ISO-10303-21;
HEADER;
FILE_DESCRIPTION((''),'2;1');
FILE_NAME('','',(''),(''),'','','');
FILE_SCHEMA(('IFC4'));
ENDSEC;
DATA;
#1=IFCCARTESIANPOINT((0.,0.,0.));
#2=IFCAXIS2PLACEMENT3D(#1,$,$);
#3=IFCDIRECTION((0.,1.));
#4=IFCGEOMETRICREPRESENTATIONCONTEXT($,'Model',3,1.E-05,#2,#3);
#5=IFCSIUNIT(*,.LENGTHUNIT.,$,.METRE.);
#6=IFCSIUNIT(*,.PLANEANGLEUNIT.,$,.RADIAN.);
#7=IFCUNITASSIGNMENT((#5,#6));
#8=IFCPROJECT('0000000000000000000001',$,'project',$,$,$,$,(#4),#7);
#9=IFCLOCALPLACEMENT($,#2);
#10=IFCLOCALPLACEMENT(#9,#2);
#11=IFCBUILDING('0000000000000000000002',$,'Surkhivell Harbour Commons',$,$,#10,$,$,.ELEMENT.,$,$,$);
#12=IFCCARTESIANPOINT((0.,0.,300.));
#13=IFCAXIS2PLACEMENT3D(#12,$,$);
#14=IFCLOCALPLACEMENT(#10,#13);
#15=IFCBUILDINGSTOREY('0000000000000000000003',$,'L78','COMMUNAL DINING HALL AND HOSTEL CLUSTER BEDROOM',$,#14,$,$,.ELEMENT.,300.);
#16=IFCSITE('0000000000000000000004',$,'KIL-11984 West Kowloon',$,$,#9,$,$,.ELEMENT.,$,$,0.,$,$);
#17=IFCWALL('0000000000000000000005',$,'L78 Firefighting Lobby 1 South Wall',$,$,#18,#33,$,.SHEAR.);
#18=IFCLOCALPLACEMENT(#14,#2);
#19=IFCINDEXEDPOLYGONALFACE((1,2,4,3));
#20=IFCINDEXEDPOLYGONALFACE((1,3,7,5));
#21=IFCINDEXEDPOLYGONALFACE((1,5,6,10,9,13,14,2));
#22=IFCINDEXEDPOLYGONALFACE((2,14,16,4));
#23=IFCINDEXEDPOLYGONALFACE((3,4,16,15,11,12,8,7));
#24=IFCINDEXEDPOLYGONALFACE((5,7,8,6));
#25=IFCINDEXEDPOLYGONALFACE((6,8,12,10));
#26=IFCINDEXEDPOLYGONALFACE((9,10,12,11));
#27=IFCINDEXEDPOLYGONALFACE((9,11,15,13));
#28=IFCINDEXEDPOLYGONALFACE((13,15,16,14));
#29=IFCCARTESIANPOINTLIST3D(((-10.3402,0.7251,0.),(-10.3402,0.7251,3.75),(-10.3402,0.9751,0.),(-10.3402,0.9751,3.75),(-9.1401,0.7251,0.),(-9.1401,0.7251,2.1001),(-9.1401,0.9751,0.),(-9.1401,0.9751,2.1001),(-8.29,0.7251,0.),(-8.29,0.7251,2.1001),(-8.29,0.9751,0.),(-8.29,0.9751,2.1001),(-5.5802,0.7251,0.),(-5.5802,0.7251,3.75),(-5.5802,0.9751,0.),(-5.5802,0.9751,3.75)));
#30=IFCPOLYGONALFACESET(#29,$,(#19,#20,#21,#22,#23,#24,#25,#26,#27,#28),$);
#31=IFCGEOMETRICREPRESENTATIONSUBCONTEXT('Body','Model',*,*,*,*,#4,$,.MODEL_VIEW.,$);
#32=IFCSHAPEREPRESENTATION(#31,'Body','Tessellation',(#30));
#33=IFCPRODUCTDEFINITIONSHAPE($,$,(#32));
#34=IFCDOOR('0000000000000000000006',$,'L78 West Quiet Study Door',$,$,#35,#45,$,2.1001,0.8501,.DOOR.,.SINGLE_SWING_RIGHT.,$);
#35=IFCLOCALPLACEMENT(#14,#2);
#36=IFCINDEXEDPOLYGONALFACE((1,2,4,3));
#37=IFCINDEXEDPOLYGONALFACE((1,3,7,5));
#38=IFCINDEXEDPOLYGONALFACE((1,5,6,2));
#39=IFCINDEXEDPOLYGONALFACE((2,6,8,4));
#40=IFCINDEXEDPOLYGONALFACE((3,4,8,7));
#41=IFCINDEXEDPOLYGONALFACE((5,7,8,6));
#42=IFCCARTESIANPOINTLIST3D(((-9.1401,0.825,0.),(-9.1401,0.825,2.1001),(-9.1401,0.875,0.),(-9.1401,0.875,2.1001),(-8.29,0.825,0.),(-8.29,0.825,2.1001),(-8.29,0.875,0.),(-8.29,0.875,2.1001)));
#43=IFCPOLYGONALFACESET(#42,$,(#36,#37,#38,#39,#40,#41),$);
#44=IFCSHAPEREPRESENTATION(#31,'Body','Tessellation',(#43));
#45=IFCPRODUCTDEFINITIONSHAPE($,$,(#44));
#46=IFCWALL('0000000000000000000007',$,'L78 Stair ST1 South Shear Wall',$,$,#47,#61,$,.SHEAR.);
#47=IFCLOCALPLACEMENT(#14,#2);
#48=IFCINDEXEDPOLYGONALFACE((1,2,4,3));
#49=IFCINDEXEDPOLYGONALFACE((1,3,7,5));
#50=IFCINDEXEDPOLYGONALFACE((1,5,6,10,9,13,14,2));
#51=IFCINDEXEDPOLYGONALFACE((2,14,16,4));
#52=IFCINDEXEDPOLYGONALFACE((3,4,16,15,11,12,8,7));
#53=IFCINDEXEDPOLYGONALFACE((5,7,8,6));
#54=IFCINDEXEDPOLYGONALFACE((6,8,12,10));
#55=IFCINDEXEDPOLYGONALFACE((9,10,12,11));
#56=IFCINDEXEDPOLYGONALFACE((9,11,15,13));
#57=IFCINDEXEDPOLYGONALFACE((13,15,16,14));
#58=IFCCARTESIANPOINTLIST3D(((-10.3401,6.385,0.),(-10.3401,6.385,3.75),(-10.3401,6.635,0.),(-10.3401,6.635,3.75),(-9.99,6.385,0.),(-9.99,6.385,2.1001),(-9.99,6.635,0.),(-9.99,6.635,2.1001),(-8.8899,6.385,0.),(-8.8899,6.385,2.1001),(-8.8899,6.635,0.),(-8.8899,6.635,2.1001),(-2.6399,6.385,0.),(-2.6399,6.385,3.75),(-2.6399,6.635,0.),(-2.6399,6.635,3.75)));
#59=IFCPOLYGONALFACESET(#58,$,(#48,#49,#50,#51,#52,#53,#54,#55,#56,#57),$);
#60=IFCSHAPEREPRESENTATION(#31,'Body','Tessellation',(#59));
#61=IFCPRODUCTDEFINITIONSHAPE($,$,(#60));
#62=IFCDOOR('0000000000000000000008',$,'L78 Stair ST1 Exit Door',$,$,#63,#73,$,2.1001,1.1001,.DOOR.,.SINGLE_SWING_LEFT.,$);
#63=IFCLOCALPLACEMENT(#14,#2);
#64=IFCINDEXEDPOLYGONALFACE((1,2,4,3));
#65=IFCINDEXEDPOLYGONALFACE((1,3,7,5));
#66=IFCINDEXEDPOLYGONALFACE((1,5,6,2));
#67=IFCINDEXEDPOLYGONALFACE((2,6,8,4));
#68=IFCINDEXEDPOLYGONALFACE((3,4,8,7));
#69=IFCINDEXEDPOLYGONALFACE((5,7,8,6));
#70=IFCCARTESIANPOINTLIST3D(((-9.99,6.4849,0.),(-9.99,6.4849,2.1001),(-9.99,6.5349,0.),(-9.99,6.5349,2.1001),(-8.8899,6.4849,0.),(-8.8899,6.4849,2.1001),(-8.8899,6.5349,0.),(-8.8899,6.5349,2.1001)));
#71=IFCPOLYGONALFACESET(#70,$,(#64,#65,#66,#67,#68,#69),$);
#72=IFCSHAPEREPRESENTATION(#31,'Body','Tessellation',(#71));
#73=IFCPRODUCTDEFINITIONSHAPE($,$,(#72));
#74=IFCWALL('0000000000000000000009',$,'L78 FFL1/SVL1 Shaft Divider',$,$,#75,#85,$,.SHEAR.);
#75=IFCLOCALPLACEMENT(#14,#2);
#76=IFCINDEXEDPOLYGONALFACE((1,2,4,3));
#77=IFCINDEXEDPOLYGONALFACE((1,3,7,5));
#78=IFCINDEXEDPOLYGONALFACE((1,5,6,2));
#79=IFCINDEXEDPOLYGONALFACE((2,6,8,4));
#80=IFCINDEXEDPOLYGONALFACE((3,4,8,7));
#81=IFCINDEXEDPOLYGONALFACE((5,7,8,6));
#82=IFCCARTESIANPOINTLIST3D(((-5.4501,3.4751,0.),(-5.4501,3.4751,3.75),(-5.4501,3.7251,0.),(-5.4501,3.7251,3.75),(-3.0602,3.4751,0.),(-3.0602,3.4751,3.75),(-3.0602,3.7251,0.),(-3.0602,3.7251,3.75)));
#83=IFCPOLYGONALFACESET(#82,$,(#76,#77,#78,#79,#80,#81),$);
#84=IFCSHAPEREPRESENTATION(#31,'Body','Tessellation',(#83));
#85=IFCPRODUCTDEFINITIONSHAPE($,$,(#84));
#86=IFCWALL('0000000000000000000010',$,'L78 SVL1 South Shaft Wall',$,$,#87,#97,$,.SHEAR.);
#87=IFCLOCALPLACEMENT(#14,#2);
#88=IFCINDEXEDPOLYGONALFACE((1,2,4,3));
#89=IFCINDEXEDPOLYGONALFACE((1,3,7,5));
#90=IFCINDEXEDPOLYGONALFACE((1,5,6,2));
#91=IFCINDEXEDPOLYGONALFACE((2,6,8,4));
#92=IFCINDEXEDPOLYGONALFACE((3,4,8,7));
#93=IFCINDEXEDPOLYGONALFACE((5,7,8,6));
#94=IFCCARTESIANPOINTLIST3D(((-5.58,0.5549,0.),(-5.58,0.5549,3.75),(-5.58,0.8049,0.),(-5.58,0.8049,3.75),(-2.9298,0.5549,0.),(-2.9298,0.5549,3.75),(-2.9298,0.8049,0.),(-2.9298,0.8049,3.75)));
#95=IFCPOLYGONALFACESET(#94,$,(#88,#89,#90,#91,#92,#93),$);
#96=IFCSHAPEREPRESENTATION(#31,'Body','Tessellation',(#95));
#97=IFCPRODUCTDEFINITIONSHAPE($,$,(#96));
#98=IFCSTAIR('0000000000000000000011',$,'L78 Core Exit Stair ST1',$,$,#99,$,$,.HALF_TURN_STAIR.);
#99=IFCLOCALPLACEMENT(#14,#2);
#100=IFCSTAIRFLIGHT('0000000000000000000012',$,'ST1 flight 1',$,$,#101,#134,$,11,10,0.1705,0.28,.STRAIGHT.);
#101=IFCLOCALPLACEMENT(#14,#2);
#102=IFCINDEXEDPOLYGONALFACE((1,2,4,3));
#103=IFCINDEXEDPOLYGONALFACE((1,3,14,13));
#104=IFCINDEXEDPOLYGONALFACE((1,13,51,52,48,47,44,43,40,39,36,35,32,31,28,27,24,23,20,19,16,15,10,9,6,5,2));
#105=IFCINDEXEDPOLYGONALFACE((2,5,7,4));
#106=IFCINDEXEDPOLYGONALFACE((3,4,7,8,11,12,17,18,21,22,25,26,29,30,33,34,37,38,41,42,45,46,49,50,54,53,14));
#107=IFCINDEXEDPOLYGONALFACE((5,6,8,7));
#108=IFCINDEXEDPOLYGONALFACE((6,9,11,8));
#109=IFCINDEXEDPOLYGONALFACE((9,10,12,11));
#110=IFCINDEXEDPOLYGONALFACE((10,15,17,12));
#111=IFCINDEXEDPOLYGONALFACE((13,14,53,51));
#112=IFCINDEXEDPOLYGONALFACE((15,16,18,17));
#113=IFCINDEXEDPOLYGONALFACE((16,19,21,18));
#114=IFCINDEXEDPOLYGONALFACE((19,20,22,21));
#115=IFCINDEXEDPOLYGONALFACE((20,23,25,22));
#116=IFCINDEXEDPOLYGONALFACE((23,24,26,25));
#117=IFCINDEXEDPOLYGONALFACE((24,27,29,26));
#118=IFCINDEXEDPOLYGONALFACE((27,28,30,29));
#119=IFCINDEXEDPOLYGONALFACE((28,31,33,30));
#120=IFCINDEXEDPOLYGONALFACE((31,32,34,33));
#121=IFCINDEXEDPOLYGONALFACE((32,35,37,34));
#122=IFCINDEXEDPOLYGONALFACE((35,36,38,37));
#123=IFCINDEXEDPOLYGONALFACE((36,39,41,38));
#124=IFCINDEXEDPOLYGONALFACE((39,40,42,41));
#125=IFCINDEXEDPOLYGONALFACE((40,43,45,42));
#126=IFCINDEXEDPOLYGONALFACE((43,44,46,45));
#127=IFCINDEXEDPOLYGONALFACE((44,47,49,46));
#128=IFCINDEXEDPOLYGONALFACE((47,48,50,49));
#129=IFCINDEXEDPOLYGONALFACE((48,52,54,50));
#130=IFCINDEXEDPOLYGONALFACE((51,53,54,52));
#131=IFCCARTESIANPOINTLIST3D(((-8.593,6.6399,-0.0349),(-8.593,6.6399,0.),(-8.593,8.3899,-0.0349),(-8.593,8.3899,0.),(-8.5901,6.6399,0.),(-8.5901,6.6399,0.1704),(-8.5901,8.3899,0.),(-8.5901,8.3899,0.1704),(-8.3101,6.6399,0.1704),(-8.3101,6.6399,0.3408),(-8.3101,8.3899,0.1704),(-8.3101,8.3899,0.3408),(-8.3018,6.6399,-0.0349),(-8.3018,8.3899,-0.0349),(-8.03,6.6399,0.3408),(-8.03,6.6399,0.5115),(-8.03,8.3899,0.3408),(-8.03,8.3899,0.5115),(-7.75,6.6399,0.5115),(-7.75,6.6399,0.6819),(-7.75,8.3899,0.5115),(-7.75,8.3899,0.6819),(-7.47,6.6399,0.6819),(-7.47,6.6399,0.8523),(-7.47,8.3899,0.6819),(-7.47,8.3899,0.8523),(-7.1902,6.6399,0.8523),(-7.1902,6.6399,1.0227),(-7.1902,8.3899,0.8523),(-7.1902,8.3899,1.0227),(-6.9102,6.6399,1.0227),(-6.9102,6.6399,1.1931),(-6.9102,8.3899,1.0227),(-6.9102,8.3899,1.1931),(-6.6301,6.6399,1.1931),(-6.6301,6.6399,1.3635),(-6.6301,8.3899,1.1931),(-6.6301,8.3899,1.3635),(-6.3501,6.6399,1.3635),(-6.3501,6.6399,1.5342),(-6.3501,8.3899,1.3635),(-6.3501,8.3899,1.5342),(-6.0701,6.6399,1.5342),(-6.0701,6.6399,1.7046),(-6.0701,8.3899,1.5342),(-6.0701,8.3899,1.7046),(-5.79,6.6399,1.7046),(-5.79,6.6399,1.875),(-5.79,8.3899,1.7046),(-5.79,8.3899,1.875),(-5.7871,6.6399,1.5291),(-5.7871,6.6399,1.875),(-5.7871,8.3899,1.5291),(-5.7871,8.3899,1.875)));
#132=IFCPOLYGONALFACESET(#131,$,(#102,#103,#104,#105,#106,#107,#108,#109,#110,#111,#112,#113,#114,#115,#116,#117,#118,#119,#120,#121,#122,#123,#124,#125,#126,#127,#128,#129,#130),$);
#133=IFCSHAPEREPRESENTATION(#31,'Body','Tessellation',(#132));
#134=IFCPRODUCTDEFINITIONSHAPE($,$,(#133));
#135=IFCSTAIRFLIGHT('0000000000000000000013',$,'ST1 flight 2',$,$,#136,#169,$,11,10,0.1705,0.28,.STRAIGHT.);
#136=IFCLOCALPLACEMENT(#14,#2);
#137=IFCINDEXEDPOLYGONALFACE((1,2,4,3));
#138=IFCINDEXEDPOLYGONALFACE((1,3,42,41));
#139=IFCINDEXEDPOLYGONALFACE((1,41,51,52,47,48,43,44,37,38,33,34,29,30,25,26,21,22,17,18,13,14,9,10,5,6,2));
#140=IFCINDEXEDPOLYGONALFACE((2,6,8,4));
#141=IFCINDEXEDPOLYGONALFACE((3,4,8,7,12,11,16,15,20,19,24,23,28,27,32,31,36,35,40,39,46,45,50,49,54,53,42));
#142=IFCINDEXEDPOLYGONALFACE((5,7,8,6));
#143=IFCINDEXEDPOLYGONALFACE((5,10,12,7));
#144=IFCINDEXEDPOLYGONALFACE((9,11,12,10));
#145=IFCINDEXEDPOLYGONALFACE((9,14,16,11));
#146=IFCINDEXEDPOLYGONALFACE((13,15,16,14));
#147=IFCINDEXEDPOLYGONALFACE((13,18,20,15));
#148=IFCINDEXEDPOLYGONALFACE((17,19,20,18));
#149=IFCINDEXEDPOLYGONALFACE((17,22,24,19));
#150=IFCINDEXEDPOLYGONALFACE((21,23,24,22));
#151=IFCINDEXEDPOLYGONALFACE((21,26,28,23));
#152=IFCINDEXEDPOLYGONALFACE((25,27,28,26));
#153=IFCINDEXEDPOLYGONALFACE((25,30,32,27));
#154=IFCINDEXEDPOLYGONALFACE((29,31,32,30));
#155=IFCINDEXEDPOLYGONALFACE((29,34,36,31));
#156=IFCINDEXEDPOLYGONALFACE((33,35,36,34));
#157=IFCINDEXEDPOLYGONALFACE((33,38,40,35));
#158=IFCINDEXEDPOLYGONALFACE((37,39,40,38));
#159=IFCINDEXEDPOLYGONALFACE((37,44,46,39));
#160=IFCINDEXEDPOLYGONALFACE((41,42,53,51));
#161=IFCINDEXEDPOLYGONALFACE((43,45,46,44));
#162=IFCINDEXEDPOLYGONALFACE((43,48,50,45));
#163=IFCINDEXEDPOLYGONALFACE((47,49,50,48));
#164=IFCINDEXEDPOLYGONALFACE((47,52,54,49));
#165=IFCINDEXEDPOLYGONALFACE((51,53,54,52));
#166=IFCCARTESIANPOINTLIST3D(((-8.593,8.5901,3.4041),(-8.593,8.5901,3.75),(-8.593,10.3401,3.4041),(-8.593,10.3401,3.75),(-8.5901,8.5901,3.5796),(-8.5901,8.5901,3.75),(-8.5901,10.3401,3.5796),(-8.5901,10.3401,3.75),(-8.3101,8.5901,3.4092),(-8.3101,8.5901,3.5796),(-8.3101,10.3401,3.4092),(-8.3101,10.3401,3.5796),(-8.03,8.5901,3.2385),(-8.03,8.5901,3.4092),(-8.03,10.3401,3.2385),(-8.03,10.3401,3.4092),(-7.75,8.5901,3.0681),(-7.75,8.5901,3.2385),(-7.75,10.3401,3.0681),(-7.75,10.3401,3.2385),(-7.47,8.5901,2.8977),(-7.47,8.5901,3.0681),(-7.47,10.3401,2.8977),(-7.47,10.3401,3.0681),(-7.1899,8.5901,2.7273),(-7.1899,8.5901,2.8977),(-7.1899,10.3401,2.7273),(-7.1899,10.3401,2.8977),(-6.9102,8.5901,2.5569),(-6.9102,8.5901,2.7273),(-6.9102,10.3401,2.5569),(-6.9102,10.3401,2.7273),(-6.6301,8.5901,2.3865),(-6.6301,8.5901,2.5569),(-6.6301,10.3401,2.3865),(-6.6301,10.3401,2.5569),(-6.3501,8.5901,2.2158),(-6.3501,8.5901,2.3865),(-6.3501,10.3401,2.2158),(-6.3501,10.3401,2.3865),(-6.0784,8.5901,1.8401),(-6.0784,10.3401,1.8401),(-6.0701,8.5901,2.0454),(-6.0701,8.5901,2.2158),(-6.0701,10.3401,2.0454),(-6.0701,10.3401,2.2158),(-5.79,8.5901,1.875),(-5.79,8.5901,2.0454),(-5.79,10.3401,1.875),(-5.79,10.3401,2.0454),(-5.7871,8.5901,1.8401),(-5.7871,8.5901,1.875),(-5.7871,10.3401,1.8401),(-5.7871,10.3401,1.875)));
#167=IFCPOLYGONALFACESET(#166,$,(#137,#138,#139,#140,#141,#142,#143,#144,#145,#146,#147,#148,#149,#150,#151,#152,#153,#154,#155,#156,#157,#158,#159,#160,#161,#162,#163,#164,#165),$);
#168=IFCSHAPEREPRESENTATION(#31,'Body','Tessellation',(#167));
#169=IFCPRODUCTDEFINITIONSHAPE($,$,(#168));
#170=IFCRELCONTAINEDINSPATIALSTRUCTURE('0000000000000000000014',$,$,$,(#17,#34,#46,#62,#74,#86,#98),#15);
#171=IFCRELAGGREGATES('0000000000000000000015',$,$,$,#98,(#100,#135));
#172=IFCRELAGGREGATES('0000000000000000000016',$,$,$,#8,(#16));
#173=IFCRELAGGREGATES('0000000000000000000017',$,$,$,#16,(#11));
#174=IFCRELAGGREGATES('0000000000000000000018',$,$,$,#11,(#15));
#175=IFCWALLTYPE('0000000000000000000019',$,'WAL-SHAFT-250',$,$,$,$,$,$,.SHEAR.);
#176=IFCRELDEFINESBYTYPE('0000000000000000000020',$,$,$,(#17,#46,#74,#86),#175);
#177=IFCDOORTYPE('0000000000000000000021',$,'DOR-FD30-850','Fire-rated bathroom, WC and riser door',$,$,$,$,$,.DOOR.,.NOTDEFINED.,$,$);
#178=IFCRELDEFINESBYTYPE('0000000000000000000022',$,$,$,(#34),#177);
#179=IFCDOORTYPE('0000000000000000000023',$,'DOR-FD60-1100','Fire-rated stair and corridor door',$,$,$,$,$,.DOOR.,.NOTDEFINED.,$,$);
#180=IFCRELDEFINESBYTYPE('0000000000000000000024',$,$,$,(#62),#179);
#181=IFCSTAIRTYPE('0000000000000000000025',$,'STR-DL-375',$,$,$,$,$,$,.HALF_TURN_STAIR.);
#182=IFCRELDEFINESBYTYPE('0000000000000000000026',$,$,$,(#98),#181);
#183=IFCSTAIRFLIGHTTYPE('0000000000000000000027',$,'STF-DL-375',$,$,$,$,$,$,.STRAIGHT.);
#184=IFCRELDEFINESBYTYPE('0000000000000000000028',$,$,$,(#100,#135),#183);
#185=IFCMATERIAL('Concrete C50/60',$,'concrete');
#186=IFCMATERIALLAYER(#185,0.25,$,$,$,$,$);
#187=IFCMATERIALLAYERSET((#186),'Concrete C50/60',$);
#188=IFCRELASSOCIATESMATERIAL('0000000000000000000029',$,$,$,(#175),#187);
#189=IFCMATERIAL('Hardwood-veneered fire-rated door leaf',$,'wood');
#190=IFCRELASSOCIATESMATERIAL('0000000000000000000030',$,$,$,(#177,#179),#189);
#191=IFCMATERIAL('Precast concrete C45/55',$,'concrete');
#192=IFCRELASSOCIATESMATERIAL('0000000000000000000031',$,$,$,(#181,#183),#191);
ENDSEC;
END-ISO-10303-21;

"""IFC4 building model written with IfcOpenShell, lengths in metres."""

from ifc_helpers import new_model, si_unit, direction, frame, frame_2d, origin, place, context, subcontext, project, spatial, polyline, rectangle, outline, extrude, material, layer, layer_set, type_object, element, fill, aggregate, save


model = new_model("IFC4")

# Units and contexts
model_context = context("Model", 3, precision=1e-05, world=origin(), true_north=direction((0.0, 1.0)))
body_context = subcontext(model_context, "Body", "Model", "MODEL_VIEW")
ifc_project = project(units=[si_unit("LENGTHUNIT", "METRE"), si_unit("PLANEANGLEUNIT", "RADIAN")], contexts=[model_context])

# Site, building, storey
site_placement = place(None, origin())
site = spatial("IfcSite", under=ifc_project, at=site_placement, Name="KIL-11984 West Kowloon", CompositionType="ELEMENT", RefElevation=0.0)
building_placement = place(site_placement, origin())
building = spatial("IfcBuilding", under=site, at=building_placement, Name="Surkhivell Harbour Commons", CompositionType="ELEMENT")
storey_placement = place(building_placement, frame((0.0, 0.0, 300.0)))
storey = spatial("IfcBuildingStorey", under=building, at=storey_placement, Name="L78", Description="COMMUNAL DINING HALL AND HOSTEL CLUSTER BEDROOM", CompositionType="ELEMENT", Elevation=300.0)

# Shared definitions
ifc_material_1 = material(Name="Concrete C50/60", Category="concrete")

# Shared definitions
ifc_material_2 = material(Name="Hardwood-veneered fire-rated door leaf", Category="wood")

# Walls, openings, doors
ifc_layer_1 = layer(ifc_material_1, 0.25)
ifc_layer_set_1 = layer_set([ifc_layer_1], Name="Concrete C50/60")
wall_type_1 = type_object("IfcWallType", Name="WAL-SHAFT-250", PredefinedType="SHEAR", material=ifc_layer_set_1)
wall_1_placement = place(storey_placement, frame((-10.3401, 0.8501, 0.0), z_axis=(0.0, 0.0, 1.0), x_axis=(1.0, 0.0, 0.0)))
wall_1 = element("IfcWall", 1, at=wall_1_placement, inside=storey, type_object=wall_type_1, Name="L78 Firefighting Lobby 1 South Wall", PredefinedType="SHEAR", context=body_context, shape_type="SweptSolid", body=[
    extrude(rectangle(XDim=4.76, YDim=0.25, at=frame_2d((2.3799, 0.0))), origin(), (0.0, 0.0, 1.0), 3.75),
])
opening_1_placement = place(wall_1_placement, frame((1.2, 0.0, 0.0)))
opening_1 = element("IfcOpeningElement", 2, at=opening_1_placement, cuts=wall_1, PredefinedType="OPENING", context=body_context, shape_type="SweptSolid", body=[
    extrude(rectangle(XDim=0.8501, YDim=2.1001, at=frame_2d((0.425, 1.05))), frame((0.0, 0.135, 0.0), z_axis=(0.0, -1.0, 0.0), x_axis=(1.0, 0.0, 0.0)), (0.0, 0.0, 1.0), 0.27),
])
door_type_1 = type_object("IfcDoorType", Name="DOR-FD30-850", Description="Fire-rated bathroom, WC and riser door", OperationType="NOTDEFINED", PredefinedType="DOOR", material=ifc_material_2)
door_1_placement = place(opening_1_placement, origin())
door_1 = element("IfcDoor", 3, at=door_1_placement, inside=storey, type_object=door_type_1, Name="L78 West Quiet Study Door", OperationType="SINGLE_SWING_RIGHT", OverallHeight=2.1001, OverallWidth=0.8501, PredefinedType="DOOR", context=body_context, shape_type="SweptSolid", body=[
    extrude(rectangle(XDim=0.8501, YDim=2.1001, at=frame_2d((0.425, 1.05))), frame((0.0, 0.0249, 0.0), z_axis=(0.0, -1.0, 0.0), x_axis=(1.0, 0.0, 0.0)), (0.0, 0.0, 1.0), 0.05),
])
fill(opening_1, door_1)
wall_2_placement = place(storey_placement, frame((-10.3401, 6.51, 0.0), z_axis=(0.0, 0.0, 1.0), x_axis=(1.0, 0.0, 0.0)))
wall_2 = element("IfcWall", 4, at=wall_2_placement, inside=storey, type_object=wall_type_1, Name="L78 Stair ST1 South Shear Wall", PredefinedType="SHEAR", context=body_context, shape_type="SweptSolid", body=[
    extrude(rectangle(XDim=7.7002, YDim=0.25, at=frame_2d((3.8501, 0.0))), origin(), (0.0, 0.0, 1.0), 3.75),
])
opening_2_placement = place(wall_2_placement, frame((0.3501, 0.0, 0.0)))
opening_2 = element("IfcOpeningElement", 5, at=opening_2_placement, cuts=wall_2, PredefinedType="OPENING", context=body_context, shape_type="SweptSolid", body=[
    extrude(rectangle(XDim=1.1001, YDim=2.1001, at=frame_2d((0.55, 1.05))), frame((0.0, 0.135, 0.0), z_axis=(0.0, -1.0, 0.0), x_axis=(1.0, 0.0, 0.0)), (0.0, 0.0, 1.0), 0.27),
])
door_type_2 = type_object("IfcDoorType", Name="DOR-FD60-1100", Description="Fire-rated stair and corridor door", OperationType="NOTDEFINED", PredefinedType="DOOR", material=ifc_material_2)
door_2_placement = place(opening_2_placement, origin())
door_2 = element("IfcDoor", 6, at=door_2_placement, inside=storey, type_object=door_type_2, Name="L78 Stair ST1 Exit Door", OperationType="SINGLE_SWING_LEFT", OverallHeight=2.1001, OverallWidth=1.1001, PredefinedType="DOOR", context=body_context, shape_type="SweptSolid", body=[
    extrude(rectangle(XDim=1.1001, YDim=2.1001, at=frame_2d((0.55, 1.05))), frame((0.0, 0.0249, 0.0), z_axis=(0.0, -1.0, 0.0), x_axis=(1.0, 0.0, 0.0)), (0.0, 0.0, 1.0), 0.05),
])
fill(opening_2, door_2)

# Walls
wall_3_placement = place(storey_placement, frame((-5.45, 3.6001, 0.0), z_axis=(0.0, 0.0, 1.0), x_axis=(1.0, 0.0, 0.0)))
element("IfcWall", 7, at=wall_3_placement, inside=storey, type_object=wall_type_1, Name="L78 FFL1/SVL1 Shaft Divider", PredefinedType="SHEAR", context=body_context, shape_type="SweptSolid", body=[
    extrude(rectangle(XDim=2.3899, YDim=0.25, at=frame_2d((1.1948, 0.0))), origin(), (0.0, 0.0, 1.0), 3.75),
])
wall_4_placement = place(storey_placement, frame((-5.5801, 0.6799, 0.0), z_axis=(0.0, 0.0, 1.0), x_axis=(1.0, 0.0, 0.0)))
element("IfcWall", 8, at=wall_4_placement, inside=storey, type_object=wall_type_1, Name="L78 SVL1 South Shaft Wall", PredefinedType="SHEAR", context=body_context, shape_type="SweptSolid", body=[
    extrude(rectangle(XDim=2.6501, YDim=0.25, at=frame_2d((1.3252, 0.0))), origin(), (0.0, 0.0, 1.0), 3.75),
])

# Stair, stair flights
ifc_material_3 = material(Name="Precast concrete C45/55", Category="concrete")
stair_type = type_object("IfcStairType", Name="STR-DL-375", PredefinedType="HALF_TURN_STAIR", material=ifc_material_3)
stair_placement = place(storey_placement, origin())
stair = element("IfcStair", 9, at=stair_placement, inside=storey, type_object=stair_type, Name="L78 Core Exit Stair ST1", PredefinedType="HALF_TURN_STAIR")
stair_flight_type = type_object("IfcStairFlightType", Name="STF-DL-375", PredefinedType="STRAIGHT", material=ifc_material_3)
stair_flight_1_placement = place(storey_placement, frame((-8.5901, 7.5149, 0.0), z_axis=(0.0, 0.0, 1.0), x_axis=(1.0, 0.0, 0.0)))
stair_flight_1 = element("IfcStairFlight", 10, at=stair_flight_1_placement, type_object=stair_flight_type, Name="ST1 flight 1", NumberOfRisers=11, NumberOfTreads=10, PredefinedType="STRAIGHT", RiserHeight=0.1705, TreadLength=0.28, context=body_context, shape_type="SweptSolid", body=[
    extrude(outline(polyline([(-0.0029, -0.0349), (-0.0029, 0.0), (0.0, 0.0), (0.0, 0.1704), (0.28, 0.1704), (0.28, 0.3408), (0.5601, 0.3408), (0.5601, 0.5115), (0.8401, 0.5115), (0.8401, 0.6819), (1.1201, 0.6819), (1.1201, 0.8523), (1.3999, 0.8523), (1.3999, 1.0227), (1.6799, 1.0227), (1.6799, 1.1931), (1.96, 1.1931), (1.96, 1.3635), (2.24, 1.3635), (2.24, 1.5342), (2.52, 1.5342), (2.52, 1.7046), (2.8, 1.7046), (2.8, 1.875), (2.803, 1.875), (2.803, 1.5291), (0.2883, -0.0349), (-0.0029, -0.0349)])), frame((0.0, 0.875, 0.0), z_axis=(0.0, -1.0, 0.0), x_axis=(1.0, 0.0, 0.0)), (0.0, 0.0, 1.0), 1.75),
])
stair_flight_2_placement = place(storey_placement, frame((-5.79, 9.4651, 1.875), z_axis=(0.0, 0.0, 1.0), x_axis=(-1.0, 0.0, 0.0)))
stair_flight_2 = element("IfcStairFlight", 11, at=stair_flight_2_placement, type_object=stair_flight_type, Name="ST1 flight 2", NumberOfRisers=11, NumberOfTreads=10, PredefinedType="STRAIGHT", RiserHeight=0.1705, TreadLength=0.28, context=body_context, shape_type="SweptSolid", body=[
    extrude(outline(polyline([(-0.0029, -0.0349), (-0.0029, 0.0), (0.0, 0.0), (0.0, 0.1704), (0.28, 0.1704), (0.28, 0.3408), (0.5601, 0.3408), (0.5601, 0.5115), (0.8401, 0.5115), (0.8401, 0.6819), (1.1201, 0.6819), (1.1201, 0.8523), (1.3999, 0.8523), (1.3999, 1.0227), (1.6799, 1.0227), (1.6799, 1.1931), (1.96, 1.1931), (1.96, 1.3635), (2.24, 1.3635), (2.24, 1.5342), (2.52, 1.5342), (2.52, 1.7046), (2.8, 1.7046), (2.8, 1.875), (2.803, 1.875), (2.803, 1.5291), (0.2883, -0.0349), (-0.0029, -0.0349)])), frame((0.0, 0.875, 0.0), z_axis=(0.0, -1.0, 0.0), x_axis=(1.0, 0.0, 0.0)), (0.0, 0.0, 1.0), 1.75),
])
aggregate(stair, [stair_flight_1, stair_flight_2])

save(model, "model.ifc")
